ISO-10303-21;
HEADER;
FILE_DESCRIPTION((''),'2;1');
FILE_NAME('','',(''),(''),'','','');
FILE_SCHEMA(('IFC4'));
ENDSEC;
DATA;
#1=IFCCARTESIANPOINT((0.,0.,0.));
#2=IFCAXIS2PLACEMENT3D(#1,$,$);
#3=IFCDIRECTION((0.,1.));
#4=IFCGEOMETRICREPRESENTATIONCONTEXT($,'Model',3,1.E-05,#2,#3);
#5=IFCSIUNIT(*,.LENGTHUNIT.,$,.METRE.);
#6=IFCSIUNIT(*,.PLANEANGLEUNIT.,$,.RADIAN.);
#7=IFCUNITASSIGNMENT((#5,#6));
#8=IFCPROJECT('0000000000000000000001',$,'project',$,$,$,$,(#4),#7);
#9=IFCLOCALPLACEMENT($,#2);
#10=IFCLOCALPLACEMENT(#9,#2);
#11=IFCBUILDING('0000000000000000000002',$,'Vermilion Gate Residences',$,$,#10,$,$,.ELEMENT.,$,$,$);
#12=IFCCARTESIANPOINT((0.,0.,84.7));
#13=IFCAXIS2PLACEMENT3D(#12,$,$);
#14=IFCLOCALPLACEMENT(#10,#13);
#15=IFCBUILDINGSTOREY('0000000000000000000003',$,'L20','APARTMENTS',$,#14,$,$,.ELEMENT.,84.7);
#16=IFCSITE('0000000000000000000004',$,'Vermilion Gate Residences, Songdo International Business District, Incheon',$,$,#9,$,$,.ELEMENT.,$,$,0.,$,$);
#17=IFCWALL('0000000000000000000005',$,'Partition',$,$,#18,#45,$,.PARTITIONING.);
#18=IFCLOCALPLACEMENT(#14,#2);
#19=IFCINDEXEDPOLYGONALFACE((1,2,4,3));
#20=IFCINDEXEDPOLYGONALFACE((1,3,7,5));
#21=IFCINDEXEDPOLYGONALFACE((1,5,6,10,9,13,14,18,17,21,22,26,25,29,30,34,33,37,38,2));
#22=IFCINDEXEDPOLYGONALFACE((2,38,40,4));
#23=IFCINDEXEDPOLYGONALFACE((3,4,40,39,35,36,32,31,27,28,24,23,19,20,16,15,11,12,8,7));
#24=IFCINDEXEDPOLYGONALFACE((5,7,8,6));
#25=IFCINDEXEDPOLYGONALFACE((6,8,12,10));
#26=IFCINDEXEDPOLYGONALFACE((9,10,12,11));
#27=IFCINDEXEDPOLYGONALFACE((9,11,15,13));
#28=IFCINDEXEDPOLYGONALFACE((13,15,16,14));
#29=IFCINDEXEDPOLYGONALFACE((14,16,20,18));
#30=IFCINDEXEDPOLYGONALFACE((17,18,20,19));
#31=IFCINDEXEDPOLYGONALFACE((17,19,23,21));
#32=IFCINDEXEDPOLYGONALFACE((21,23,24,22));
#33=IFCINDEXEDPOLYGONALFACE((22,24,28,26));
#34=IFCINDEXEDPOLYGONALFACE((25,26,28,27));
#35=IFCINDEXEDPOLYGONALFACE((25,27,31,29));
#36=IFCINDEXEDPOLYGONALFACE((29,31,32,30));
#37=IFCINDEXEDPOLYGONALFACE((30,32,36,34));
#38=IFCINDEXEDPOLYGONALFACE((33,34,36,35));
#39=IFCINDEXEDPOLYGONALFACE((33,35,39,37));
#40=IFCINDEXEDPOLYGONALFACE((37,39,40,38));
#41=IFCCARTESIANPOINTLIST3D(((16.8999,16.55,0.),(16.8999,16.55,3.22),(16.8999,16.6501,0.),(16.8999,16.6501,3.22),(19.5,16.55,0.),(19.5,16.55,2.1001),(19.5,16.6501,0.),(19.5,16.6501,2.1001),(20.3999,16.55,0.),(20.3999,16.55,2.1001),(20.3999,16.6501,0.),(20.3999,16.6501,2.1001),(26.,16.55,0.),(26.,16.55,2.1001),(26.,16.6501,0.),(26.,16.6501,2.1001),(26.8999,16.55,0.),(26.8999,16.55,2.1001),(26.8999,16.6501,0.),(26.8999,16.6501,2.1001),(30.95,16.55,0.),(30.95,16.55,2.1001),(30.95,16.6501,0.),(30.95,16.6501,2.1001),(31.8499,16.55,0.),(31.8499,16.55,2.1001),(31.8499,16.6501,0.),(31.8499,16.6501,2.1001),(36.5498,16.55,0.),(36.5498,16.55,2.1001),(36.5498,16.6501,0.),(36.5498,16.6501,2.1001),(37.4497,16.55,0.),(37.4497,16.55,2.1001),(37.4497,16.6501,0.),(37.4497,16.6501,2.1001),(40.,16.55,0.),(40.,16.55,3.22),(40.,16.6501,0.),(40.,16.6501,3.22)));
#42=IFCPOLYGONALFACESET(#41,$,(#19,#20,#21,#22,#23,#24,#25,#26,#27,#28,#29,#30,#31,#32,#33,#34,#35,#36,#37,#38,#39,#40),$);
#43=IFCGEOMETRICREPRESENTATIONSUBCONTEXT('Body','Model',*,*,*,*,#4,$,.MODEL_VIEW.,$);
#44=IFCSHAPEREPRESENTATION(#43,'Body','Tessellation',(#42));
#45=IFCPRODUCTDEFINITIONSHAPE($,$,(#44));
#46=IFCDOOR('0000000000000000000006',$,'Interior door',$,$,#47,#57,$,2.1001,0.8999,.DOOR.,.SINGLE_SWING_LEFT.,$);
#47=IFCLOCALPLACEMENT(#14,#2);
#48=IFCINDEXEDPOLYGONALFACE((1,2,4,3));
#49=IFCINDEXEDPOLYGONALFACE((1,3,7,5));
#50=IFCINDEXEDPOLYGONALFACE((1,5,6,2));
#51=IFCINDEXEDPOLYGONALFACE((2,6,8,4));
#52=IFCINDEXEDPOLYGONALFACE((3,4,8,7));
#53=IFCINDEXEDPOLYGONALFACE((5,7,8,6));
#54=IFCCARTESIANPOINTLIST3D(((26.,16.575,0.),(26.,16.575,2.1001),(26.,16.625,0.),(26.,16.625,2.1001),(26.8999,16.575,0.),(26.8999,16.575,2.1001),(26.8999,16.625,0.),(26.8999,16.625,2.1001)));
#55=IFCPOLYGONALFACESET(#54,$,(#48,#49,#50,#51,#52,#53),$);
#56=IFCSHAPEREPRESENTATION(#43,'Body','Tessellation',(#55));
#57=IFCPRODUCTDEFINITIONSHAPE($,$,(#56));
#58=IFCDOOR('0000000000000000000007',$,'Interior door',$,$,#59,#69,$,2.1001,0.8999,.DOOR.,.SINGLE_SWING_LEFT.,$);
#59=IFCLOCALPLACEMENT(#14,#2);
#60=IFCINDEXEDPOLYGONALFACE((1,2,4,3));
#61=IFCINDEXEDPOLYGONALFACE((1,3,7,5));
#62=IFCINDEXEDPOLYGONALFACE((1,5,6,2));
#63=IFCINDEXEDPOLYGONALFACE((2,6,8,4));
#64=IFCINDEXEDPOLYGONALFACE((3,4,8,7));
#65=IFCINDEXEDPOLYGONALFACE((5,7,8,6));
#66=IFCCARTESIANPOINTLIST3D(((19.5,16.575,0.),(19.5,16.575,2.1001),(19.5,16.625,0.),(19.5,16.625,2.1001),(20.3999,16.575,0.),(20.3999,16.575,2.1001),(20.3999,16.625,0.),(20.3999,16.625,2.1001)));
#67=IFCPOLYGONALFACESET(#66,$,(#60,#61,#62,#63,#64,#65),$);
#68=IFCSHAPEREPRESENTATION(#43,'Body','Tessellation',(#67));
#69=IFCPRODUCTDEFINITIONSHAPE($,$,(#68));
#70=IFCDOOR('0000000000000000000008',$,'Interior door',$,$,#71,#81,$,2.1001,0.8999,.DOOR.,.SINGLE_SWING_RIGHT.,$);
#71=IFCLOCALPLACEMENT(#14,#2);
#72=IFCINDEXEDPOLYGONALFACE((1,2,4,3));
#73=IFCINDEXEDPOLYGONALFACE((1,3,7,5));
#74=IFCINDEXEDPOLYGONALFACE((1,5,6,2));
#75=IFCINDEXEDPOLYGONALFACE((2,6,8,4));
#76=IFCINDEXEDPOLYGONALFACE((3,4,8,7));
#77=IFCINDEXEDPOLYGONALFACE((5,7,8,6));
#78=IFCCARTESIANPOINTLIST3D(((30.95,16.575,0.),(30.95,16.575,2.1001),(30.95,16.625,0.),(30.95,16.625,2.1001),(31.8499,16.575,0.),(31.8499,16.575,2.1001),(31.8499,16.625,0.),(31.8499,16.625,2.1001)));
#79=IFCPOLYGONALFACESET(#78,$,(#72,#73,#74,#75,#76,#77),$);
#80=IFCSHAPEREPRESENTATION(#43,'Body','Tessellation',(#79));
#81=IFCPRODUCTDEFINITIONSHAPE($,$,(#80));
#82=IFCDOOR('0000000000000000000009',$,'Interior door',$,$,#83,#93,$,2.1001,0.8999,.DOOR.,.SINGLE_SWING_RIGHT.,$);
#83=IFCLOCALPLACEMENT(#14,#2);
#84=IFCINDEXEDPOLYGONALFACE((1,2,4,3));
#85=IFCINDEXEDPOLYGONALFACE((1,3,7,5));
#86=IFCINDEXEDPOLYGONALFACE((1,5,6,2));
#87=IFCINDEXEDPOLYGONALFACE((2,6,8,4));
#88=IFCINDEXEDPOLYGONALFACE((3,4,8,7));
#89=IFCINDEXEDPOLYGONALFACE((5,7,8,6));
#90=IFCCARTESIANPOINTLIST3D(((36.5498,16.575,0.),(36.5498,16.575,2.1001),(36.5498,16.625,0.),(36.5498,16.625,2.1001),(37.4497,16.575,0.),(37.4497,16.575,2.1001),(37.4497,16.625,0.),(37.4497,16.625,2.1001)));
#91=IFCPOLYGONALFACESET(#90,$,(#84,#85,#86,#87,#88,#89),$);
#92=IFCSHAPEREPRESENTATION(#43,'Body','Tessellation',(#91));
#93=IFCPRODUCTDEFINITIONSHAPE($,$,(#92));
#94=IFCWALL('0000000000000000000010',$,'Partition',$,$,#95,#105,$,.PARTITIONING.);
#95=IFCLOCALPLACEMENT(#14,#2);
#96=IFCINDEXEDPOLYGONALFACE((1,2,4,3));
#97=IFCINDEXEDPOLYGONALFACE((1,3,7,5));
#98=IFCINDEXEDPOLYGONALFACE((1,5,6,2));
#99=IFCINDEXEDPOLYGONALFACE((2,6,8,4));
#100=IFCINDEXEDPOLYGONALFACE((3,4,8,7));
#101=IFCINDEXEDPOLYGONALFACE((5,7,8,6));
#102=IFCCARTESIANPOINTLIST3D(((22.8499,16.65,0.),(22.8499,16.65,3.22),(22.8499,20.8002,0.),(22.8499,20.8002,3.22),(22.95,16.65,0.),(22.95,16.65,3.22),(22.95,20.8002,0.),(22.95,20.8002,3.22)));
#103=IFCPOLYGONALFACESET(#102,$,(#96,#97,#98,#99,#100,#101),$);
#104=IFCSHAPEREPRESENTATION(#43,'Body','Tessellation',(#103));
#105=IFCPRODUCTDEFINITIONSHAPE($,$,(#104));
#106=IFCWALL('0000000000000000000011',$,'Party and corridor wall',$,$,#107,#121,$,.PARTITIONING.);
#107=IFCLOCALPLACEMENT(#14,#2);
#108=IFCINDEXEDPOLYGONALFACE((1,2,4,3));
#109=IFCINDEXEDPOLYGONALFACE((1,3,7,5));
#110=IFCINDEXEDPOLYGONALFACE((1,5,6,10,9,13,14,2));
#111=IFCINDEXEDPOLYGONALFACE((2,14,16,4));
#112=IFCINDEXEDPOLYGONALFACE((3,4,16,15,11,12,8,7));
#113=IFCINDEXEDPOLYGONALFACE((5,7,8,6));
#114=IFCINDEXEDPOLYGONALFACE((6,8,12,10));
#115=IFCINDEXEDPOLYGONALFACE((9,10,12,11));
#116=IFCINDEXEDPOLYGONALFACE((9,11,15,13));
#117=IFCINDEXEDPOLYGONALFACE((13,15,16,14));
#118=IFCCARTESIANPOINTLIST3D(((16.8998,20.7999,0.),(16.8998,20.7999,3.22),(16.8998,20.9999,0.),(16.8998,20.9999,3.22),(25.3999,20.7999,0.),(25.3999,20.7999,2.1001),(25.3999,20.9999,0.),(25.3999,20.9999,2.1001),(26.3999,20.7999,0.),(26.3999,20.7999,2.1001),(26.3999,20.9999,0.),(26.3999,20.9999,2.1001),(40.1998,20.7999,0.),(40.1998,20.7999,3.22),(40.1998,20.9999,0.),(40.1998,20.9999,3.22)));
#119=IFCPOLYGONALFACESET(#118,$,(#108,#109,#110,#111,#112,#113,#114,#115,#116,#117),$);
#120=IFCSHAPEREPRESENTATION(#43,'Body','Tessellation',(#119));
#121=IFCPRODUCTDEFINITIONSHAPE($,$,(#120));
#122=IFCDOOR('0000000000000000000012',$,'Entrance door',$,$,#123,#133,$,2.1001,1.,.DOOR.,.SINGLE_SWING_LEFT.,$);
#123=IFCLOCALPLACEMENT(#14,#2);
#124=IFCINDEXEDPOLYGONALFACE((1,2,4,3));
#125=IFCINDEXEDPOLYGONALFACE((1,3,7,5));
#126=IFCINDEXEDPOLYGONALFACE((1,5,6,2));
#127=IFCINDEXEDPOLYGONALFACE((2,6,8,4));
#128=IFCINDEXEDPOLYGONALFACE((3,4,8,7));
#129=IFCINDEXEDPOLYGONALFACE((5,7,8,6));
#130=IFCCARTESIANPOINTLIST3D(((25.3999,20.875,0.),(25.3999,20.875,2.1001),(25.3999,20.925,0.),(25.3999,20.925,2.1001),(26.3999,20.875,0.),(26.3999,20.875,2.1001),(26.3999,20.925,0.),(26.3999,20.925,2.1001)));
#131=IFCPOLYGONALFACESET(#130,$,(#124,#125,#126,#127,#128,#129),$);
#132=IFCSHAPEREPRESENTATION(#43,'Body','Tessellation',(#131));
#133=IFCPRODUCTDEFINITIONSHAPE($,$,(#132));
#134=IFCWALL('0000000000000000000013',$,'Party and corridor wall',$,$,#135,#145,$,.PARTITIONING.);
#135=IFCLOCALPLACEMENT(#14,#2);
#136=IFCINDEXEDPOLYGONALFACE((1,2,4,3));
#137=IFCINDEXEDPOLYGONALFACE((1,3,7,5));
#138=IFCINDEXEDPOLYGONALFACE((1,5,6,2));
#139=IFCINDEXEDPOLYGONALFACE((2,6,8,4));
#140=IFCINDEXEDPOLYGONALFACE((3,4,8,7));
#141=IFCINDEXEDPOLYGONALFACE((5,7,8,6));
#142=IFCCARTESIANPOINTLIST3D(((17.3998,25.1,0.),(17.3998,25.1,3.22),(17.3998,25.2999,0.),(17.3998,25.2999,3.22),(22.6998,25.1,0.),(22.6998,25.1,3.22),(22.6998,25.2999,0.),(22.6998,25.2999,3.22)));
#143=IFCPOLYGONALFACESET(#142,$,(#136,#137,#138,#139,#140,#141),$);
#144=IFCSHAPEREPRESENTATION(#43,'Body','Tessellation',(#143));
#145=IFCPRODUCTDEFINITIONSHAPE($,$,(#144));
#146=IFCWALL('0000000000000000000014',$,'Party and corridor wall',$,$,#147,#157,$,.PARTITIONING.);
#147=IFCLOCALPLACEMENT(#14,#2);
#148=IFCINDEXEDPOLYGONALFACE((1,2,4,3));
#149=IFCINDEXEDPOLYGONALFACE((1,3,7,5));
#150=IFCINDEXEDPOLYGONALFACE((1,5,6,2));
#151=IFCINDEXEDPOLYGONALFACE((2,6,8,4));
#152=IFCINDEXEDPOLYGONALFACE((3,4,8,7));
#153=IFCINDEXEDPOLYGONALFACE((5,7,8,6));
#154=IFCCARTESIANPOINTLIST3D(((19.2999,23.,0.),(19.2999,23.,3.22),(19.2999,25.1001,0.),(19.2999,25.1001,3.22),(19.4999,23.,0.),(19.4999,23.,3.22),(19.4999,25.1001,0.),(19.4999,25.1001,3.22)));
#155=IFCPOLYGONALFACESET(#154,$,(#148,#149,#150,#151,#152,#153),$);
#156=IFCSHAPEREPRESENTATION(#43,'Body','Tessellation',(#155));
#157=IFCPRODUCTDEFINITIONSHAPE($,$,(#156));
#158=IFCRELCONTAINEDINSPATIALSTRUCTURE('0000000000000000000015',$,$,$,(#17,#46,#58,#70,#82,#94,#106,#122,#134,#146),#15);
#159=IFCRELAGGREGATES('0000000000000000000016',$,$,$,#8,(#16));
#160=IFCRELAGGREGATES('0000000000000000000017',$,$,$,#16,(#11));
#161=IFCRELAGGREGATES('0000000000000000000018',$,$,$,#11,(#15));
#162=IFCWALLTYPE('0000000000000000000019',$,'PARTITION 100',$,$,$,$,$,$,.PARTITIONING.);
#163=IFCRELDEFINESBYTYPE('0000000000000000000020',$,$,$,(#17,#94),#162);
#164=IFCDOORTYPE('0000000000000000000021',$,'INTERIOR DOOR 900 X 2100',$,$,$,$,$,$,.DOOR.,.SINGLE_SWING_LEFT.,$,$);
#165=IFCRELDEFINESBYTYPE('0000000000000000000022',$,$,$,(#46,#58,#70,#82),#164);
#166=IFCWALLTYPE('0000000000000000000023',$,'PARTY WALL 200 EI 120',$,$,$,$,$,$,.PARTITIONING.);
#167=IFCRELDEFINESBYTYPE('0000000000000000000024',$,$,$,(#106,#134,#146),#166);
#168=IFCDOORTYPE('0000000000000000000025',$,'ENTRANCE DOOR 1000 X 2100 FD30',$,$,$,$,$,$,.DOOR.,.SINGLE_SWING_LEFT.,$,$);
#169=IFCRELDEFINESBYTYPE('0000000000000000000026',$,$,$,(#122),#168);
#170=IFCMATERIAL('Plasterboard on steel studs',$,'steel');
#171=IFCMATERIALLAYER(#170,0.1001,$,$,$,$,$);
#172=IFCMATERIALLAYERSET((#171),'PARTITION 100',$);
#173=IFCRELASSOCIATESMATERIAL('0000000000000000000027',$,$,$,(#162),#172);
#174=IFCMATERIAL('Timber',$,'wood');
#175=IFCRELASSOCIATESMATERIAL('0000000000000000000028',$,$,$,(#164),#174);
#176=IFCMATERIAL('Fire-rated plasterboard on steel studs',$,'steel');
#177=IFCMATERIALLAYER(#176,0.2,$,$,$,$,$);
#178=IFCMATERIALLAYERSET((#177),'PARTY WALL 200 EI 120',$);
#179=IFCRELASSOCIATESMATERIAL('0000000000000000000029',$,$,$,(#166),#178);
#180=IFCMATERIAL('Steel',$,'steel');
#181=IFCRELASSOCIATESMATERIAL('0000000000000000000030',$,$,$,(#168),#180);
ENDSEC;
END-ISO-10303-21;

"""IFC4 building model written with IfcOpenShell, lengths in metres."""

from ifc_helpers import new_model, si_unit, direction, frame, frame_2d, origin, place, context, subcontext, project, spatial, rectangle, extrude, material, layer, layer_set, type_object, element, fill, save


model = new_model("IFC4")

# Units and contexts
model_context = context("Model", 3, precision=1e-05, world=origin(), true_north=direction((0.0, 1.0)))
body_context = subcontext(model_context, "Body", "Model", "MODEL_VIEW")
ifc_project = project(units=[si_unit("LENGTHUNIT", "METRE"), si_unit("PLANEANGLEUNIT", "RADIAN")], contexts=[model_context])

# Site, building, storey
site_placement = place(None, origin())
site = spatial("IfcSite", under=ifc_project, at=site_placement, Name="Vermilion Gate Residences, Songdo International Business District, Incheon", CompositionType="ELEMENT", RefElevation=0.0)
building_placement = place(site_placement, origin())
building = spatial("IfcBuilding", under=site, at=building_placement, Name="Vermilion Gate Residences", CompositionType="ELEMENT")
storey_placement = place(building_placement, frame((0.0, 0.0, 84.7)))
storey = spatial("IfcBuildingStorey", under=building, at=storey_placement, Name="L20", Description="APARTMENTS", CompositionType="ELEMENT", Elevation=84.7)

# Wall, openings, doors
ifc_material_1 = material(Name="Plasterboard on steel studs", Category="steel")
ifc_layer_1 = layer(ifc_material_1, 0.1001)
ifc_layer_set_1 = layer_set([ifc_layer_1], Name="PARTITION 100")
wall_type_1 = type_object("IfcWallType", Name="PARTITION 100", PredefinedType="PARTITIONING", material=ifc_layer_set_1)
wall_1_placement = place(storey_placement, frame((16.8999, 16.6001, 0.0), z_axis=(0.0, 0.0, 1.0), x_axis=(1.0, 0.0, 0.0)))
wall_1 = element("IfcWall", 1, at=wall_1_placement, inside=storey, type_object=wall_type_1, Name="Partition", PredefinedType="PARTITIONING", context=body_context, shape_type="SweptSolid", body=[
    extrude(rectangle(XDim=23.1001, YDim=0.1001, at=frame_2d((11.55, 0.0))), origin(), (0.0, 0.0, 1.0), 3.22),
])
opening_1_placement = place(wall_1_placement, frame((9.1001, 0.0, 0.0)))
opening_1 = element("IfcOpeningElement", 2, at=opening_1_placement, cuts=wall_1, PredefinedType="OPENING", context=body_context, shape_type="SweptSolid", body=[
    extrude(rectangle(XDim=0.8999, YDim=2.1001, at=frame_2d((0.45, 1.05))), frame((0.0, 0.0601, 0.0), z_axis=(0.0, -1.0, 0.0), x_axis=(1.0, 0.0, 0.0)), (0.0, 0.0, 1.0), 0.1201),
])
opening_2_placement = place(wall_1_placement, frame((2.6001, 0.0, 0.0)))
opening_2 = element("IfcOpeningElement", 3, at=opening_2_placement, cuts=wall_1, PredefinedType="OPENING", context=body_context, shape_type="SweptSolid", body=[
    extrude(rectangle(XDim=0.8999, YDim=2.1001, at=frame_2d((0.45, 1.05))), frame((0.0, 0.0601, 0.0), z_axis=(0.0, -1.0, 0.0), x_axis=(1.0, 0.0, 0.0)), (0.0, 0.0, 1.0), 0.1201),
])
opening_3_placement = place(wall_1_placement, frame((14.05, 0.0, 0.0)))
opening_3 = element("IfcOpeningElement", 4, at=opening_3_placement, cuts=wall_1, PredefinedType="OPENING", context=body_context, shape_type="SweptSolid", body=[
    extrude(rectangle(XDim=0.8999, YDim=2.1001, at=frame_2d((0.45, 1.05))), frame((0.0, 0.0601, 0.0), z_axis=(0.0, -1.0, 0.0), x_axis=(1.0, 0.0, 0.0)), (0.0, 0.0, 1.0), 0.1201),
])
opening_4_placement = place(wall_1_placement, frame((19.6499, 0.0, 0.0)))
opening_4 = element("IfcOpeningElement", 5, at=opening_4_placement, cuts=wall_1, PredefinedType="OPENING", context=body_context, shape_type="SweptSolid", body=[
    extrude(rectangle(XDim=0.8999, YDim=2.1001, at=frame_2d((0.45, 1.05))), frame((0.0, 0.0601, 0.0), z_axis=(0.0, -1.0, 0.0), x_axis=(1.0, 0.0, 0.0)), (0.0, 0.0, 1.0), 0.1201),
])
ifc_material_2 = material(Name="Timber", Category="wood")
door_type_1 = type_object("IfcDoorType", Name="INTERIOR DOOR 900 X 2100", OperationType="SINGLE_SWING_LEFT", PredefinedType="DOOR", material=ifc_material_2)
door_1_placement = place(opening_1_placement, origin())
door_1 = element("IfcDoor", 6, at=door_1_placement, inside=storey, type_object=door_type_1, Name="Interior door", OperationType="SINGLE_SWING_LEFT", OverallHeight=2.1001, OverallWidth=0.8999, PredefinedType="DOOR", context=body_context, shape_type="SweptSolid", body=[
    extrude(rectangle(XDim=0.8999, YDim=2.1001, at=frame_2d((0.45, 1.05))), frame((0.0, 0.0249, 0.0), z_axis=(0.0, -1.0, 0.0), x_axis=(1.0, 0.0, 0.0)), (0.0, 0.0, 1.0), 0.05),
])
fill(opening_1, door_1)
door_2_placement = place(opening_2_placement, origin())
door_2 = element("IfcDoor", 7, at=door_2_placement, inside=storey, type_object=door_type_1, Name="Interior door", OperationType="SINGLE_SWING_LEFT", OverallHeight=2.1001, OverallWidth=0.8999, PredefinedType="DOOR", context=body_context, shape_type="SweptSolid", body=[
    extrude(rectangle(XDim=0.8999, YDim=2.1001, at=frame_2d((0.45, 1.05))), frame((0.0, 0.0249, 0.0), z_axis=(0.0, -1.0, 0.0), x_axis=(1.0, 0.0, 0.0)), (0.0, 0.0, 1.0), 0.05),
])
fill(opening_2, door_2)
door_3_placement = place(opening_3_placement, origin())
door_3 = element("IfcDoor", 8, at=door_3_placement, inside=storey, type_object=door_type_1, Name="Interior door", OperationType="SINGLE_SWING_RIGHT", OverallHeight=2.1001, OverallWidth=0.8999, PredefinedType="DOOR", context=body_context, shape_type="SweptSolid", body=[
    extrude(rectangle(XDim=0.8999, YDim=2.1001, at=frame_2d((0.45, 1.05))), frame((0.0, 0.0249, 0.0), z_axis=(0.0, -1.0, 0.0), x_axis=(1.0, 0.0, 0.0)), (0.0, 0.0, 1.0), 0.05),
])
fill(opening_3, door_3)
door_4_placement = place(opening_4_placement, origin())
door_4 = element("IfcDoor", 9, at=door_4_placement, inside=storey, type_object=door_type_1, Name="Interior door", OperationType="SINGLE_SWING_RIGHT", OverallHeight=2.1001, OverallWidth=0.8999, PredefinedType="DOOR", context=body_context, shape_type="SweptSolid", body=[
    extrude(rectangle(XDim=0.8999, YDim=2.1001, at=frame_2d((0.45, 1.05))), frame((0.0, 0.0249, 0.0), z_axis=(0.0, -1.0, 0.0), x_axis=(1.0, 0.0, 0.0)), (0.0, 0.0, 1.0), 0.05),
])
fill(opening_4, door_4)

# Wall
wall_2_placement = place(storey_placement, frame((22.8999, 16.6499, 0.0), z_axis=(0.0, 0.0, 1.0), x_axis=(0.0, 1.0, 0.0)))
element("IfcWall", 10, at=wall_2_placement, inside=storey, type_object=wall_type_1, Name="Partition", PredefinedType="PARTITIONING", context=body_context, shape_type="SweptSolid", body=[
    extrude(rectangle(XDim=4.1501, YDim=0.1001, at=frame_2d((2.0752, 0.0))), origin(), (0.0, 0.0, 1.0), 3.22),
])

# Wall, opening, door
ifc_material_3 = material(Name="Fire-rated plasterboard on steel studs", Category="steel")
ifc_layer_2 = layer(ifc_material_3, 0.2)
ifc_layer_set_2 = layer_set([ifc_layer_2], Name="PARTY WALL 200 EI 120")
wall_type_2 = type_object("IfcWallType", Name="PARTY WALL 200 EI 120", PredefinedType="PARTITIONING", material=ifc_layer_set_2)
wall_3_placement = place(storey_placement, frame((16.8999, 20.8999, 0.0), z_axis=(0.0, 0.0, 1.0), x_axis=(1.0, 0.0, 0.0)))
wall_3 = element("IfcWall", 11, at=wall_3_placement, inside=storey, type_object=wall_type_2, Name="Party and corridor wall", PredefinedType="PARTITIONING", context=body_context, shape_type="SweptSolid", body=[
    extrude(rectangle(XDim=23.3, YDim=0.2, at=frame_2d((11.6499, 0.0))), origin(), (0.0, 0.0, 1.0), 3.22),
])
opening_5_placement = place(wall_3_placement, frame((8.5, 0.0, 0.0)))
opening_5 = element("IfcOpeningElement", 12, at=opening_5_placement, cuts=wall_3, PredefinedType="OPENING", context=body_context, shape_type="SweptSolid", body=[
    extrude(rectangle(XDim=1.0, YDim=2.1001, at=frame_2d((0.5, 1.05))), frame((0.0, 0.1099, 0.0), z_axis=(0.0, -1.0, 0.0), x_axis=(1.0, 0.0, 0.0)), (0.0, 0.0, 1.0), 0.22),
])
ifc_material_4 = material(Name="Steel", Category="steel")
door_type_2 = type_object("IfcDoorType", Name="ENTRANCE DOOR 1000 X 2100 FD30", OperationType="SINGLE_SWING_LEFT", PredefinedType="DOOR", material=ifc_material_4)
door_5_placement = place(opening_5_placement, frame((1.0, 0.0, 0.0), z_axis=(0.0, 0.0, 1.0), x_axis=(-1.0, 0.0, 0.0)))
door_5 = element("IfcDoor", 13, at=door_5_placement, inside=storey, type_object=door_type_2, Name="Entrance door", OperationType="SINGLE_SWING_LEFT", OverallHeight=2.1001, OverallWidth=1.0, PredefinedType="DOOR", context=body_context, shape_type="SweptSolid", body=[
    extrude(rectangle(XDim=1.0, YDim=2.1001, at=frame_2d((0.5, 1.05))), frame((0.0, 0.0249, 0.0), z_axis=(0.0, -1.0, 0.0), x_axis=(1.0, 0.0, 0.0)), (0.0, 0.0, 1.0), 0.05),
])
fill(opening_5, door_5)

# Walls
wall_4_placement = place(storey_placement, frame((17.3999, 25.2, 0.0), z_axis=(0.0, 0.0, 1.0), x_axis=(1.0, 0.0, 0.0)))
element("IfcWall", 14, at=wall_4_placement, inside=storey, type_object=wall_type_2, Name="Party and corridor wall", PredefinedType="PARTITIONING", context=body_context, shape_type="SweptSolid", body=[
    extrude(rectangle(XDim=5.3, YDim=0.2, at=frame_2d((2.6499, 0.0))), origin(), (0.0, 0.0, 1.0), 3.22),
])
wall_5_placement = place(storey_placement, frame((19.3999, 23.0, 0.0), z_axis=(0.0, 0.0, 1.0), x_axis=(0.0, 1.0, 0.0)))
element("IfcWall", 15, at=wall_5_placement, inside=storey, type_object=wall_type_2, Name="Party and corridor wall", PredefinedType="PARTITIONING", context=body_context, shape_type="SweptSolid", body=[
    extrude(rectangle(XDim=2.1001, YDim=0.2, at=frame_2d((1.05, 0.0))), origin(), (0.0, 0.0, 1.0), 3.22),
])

save(model, "model.ifc")
